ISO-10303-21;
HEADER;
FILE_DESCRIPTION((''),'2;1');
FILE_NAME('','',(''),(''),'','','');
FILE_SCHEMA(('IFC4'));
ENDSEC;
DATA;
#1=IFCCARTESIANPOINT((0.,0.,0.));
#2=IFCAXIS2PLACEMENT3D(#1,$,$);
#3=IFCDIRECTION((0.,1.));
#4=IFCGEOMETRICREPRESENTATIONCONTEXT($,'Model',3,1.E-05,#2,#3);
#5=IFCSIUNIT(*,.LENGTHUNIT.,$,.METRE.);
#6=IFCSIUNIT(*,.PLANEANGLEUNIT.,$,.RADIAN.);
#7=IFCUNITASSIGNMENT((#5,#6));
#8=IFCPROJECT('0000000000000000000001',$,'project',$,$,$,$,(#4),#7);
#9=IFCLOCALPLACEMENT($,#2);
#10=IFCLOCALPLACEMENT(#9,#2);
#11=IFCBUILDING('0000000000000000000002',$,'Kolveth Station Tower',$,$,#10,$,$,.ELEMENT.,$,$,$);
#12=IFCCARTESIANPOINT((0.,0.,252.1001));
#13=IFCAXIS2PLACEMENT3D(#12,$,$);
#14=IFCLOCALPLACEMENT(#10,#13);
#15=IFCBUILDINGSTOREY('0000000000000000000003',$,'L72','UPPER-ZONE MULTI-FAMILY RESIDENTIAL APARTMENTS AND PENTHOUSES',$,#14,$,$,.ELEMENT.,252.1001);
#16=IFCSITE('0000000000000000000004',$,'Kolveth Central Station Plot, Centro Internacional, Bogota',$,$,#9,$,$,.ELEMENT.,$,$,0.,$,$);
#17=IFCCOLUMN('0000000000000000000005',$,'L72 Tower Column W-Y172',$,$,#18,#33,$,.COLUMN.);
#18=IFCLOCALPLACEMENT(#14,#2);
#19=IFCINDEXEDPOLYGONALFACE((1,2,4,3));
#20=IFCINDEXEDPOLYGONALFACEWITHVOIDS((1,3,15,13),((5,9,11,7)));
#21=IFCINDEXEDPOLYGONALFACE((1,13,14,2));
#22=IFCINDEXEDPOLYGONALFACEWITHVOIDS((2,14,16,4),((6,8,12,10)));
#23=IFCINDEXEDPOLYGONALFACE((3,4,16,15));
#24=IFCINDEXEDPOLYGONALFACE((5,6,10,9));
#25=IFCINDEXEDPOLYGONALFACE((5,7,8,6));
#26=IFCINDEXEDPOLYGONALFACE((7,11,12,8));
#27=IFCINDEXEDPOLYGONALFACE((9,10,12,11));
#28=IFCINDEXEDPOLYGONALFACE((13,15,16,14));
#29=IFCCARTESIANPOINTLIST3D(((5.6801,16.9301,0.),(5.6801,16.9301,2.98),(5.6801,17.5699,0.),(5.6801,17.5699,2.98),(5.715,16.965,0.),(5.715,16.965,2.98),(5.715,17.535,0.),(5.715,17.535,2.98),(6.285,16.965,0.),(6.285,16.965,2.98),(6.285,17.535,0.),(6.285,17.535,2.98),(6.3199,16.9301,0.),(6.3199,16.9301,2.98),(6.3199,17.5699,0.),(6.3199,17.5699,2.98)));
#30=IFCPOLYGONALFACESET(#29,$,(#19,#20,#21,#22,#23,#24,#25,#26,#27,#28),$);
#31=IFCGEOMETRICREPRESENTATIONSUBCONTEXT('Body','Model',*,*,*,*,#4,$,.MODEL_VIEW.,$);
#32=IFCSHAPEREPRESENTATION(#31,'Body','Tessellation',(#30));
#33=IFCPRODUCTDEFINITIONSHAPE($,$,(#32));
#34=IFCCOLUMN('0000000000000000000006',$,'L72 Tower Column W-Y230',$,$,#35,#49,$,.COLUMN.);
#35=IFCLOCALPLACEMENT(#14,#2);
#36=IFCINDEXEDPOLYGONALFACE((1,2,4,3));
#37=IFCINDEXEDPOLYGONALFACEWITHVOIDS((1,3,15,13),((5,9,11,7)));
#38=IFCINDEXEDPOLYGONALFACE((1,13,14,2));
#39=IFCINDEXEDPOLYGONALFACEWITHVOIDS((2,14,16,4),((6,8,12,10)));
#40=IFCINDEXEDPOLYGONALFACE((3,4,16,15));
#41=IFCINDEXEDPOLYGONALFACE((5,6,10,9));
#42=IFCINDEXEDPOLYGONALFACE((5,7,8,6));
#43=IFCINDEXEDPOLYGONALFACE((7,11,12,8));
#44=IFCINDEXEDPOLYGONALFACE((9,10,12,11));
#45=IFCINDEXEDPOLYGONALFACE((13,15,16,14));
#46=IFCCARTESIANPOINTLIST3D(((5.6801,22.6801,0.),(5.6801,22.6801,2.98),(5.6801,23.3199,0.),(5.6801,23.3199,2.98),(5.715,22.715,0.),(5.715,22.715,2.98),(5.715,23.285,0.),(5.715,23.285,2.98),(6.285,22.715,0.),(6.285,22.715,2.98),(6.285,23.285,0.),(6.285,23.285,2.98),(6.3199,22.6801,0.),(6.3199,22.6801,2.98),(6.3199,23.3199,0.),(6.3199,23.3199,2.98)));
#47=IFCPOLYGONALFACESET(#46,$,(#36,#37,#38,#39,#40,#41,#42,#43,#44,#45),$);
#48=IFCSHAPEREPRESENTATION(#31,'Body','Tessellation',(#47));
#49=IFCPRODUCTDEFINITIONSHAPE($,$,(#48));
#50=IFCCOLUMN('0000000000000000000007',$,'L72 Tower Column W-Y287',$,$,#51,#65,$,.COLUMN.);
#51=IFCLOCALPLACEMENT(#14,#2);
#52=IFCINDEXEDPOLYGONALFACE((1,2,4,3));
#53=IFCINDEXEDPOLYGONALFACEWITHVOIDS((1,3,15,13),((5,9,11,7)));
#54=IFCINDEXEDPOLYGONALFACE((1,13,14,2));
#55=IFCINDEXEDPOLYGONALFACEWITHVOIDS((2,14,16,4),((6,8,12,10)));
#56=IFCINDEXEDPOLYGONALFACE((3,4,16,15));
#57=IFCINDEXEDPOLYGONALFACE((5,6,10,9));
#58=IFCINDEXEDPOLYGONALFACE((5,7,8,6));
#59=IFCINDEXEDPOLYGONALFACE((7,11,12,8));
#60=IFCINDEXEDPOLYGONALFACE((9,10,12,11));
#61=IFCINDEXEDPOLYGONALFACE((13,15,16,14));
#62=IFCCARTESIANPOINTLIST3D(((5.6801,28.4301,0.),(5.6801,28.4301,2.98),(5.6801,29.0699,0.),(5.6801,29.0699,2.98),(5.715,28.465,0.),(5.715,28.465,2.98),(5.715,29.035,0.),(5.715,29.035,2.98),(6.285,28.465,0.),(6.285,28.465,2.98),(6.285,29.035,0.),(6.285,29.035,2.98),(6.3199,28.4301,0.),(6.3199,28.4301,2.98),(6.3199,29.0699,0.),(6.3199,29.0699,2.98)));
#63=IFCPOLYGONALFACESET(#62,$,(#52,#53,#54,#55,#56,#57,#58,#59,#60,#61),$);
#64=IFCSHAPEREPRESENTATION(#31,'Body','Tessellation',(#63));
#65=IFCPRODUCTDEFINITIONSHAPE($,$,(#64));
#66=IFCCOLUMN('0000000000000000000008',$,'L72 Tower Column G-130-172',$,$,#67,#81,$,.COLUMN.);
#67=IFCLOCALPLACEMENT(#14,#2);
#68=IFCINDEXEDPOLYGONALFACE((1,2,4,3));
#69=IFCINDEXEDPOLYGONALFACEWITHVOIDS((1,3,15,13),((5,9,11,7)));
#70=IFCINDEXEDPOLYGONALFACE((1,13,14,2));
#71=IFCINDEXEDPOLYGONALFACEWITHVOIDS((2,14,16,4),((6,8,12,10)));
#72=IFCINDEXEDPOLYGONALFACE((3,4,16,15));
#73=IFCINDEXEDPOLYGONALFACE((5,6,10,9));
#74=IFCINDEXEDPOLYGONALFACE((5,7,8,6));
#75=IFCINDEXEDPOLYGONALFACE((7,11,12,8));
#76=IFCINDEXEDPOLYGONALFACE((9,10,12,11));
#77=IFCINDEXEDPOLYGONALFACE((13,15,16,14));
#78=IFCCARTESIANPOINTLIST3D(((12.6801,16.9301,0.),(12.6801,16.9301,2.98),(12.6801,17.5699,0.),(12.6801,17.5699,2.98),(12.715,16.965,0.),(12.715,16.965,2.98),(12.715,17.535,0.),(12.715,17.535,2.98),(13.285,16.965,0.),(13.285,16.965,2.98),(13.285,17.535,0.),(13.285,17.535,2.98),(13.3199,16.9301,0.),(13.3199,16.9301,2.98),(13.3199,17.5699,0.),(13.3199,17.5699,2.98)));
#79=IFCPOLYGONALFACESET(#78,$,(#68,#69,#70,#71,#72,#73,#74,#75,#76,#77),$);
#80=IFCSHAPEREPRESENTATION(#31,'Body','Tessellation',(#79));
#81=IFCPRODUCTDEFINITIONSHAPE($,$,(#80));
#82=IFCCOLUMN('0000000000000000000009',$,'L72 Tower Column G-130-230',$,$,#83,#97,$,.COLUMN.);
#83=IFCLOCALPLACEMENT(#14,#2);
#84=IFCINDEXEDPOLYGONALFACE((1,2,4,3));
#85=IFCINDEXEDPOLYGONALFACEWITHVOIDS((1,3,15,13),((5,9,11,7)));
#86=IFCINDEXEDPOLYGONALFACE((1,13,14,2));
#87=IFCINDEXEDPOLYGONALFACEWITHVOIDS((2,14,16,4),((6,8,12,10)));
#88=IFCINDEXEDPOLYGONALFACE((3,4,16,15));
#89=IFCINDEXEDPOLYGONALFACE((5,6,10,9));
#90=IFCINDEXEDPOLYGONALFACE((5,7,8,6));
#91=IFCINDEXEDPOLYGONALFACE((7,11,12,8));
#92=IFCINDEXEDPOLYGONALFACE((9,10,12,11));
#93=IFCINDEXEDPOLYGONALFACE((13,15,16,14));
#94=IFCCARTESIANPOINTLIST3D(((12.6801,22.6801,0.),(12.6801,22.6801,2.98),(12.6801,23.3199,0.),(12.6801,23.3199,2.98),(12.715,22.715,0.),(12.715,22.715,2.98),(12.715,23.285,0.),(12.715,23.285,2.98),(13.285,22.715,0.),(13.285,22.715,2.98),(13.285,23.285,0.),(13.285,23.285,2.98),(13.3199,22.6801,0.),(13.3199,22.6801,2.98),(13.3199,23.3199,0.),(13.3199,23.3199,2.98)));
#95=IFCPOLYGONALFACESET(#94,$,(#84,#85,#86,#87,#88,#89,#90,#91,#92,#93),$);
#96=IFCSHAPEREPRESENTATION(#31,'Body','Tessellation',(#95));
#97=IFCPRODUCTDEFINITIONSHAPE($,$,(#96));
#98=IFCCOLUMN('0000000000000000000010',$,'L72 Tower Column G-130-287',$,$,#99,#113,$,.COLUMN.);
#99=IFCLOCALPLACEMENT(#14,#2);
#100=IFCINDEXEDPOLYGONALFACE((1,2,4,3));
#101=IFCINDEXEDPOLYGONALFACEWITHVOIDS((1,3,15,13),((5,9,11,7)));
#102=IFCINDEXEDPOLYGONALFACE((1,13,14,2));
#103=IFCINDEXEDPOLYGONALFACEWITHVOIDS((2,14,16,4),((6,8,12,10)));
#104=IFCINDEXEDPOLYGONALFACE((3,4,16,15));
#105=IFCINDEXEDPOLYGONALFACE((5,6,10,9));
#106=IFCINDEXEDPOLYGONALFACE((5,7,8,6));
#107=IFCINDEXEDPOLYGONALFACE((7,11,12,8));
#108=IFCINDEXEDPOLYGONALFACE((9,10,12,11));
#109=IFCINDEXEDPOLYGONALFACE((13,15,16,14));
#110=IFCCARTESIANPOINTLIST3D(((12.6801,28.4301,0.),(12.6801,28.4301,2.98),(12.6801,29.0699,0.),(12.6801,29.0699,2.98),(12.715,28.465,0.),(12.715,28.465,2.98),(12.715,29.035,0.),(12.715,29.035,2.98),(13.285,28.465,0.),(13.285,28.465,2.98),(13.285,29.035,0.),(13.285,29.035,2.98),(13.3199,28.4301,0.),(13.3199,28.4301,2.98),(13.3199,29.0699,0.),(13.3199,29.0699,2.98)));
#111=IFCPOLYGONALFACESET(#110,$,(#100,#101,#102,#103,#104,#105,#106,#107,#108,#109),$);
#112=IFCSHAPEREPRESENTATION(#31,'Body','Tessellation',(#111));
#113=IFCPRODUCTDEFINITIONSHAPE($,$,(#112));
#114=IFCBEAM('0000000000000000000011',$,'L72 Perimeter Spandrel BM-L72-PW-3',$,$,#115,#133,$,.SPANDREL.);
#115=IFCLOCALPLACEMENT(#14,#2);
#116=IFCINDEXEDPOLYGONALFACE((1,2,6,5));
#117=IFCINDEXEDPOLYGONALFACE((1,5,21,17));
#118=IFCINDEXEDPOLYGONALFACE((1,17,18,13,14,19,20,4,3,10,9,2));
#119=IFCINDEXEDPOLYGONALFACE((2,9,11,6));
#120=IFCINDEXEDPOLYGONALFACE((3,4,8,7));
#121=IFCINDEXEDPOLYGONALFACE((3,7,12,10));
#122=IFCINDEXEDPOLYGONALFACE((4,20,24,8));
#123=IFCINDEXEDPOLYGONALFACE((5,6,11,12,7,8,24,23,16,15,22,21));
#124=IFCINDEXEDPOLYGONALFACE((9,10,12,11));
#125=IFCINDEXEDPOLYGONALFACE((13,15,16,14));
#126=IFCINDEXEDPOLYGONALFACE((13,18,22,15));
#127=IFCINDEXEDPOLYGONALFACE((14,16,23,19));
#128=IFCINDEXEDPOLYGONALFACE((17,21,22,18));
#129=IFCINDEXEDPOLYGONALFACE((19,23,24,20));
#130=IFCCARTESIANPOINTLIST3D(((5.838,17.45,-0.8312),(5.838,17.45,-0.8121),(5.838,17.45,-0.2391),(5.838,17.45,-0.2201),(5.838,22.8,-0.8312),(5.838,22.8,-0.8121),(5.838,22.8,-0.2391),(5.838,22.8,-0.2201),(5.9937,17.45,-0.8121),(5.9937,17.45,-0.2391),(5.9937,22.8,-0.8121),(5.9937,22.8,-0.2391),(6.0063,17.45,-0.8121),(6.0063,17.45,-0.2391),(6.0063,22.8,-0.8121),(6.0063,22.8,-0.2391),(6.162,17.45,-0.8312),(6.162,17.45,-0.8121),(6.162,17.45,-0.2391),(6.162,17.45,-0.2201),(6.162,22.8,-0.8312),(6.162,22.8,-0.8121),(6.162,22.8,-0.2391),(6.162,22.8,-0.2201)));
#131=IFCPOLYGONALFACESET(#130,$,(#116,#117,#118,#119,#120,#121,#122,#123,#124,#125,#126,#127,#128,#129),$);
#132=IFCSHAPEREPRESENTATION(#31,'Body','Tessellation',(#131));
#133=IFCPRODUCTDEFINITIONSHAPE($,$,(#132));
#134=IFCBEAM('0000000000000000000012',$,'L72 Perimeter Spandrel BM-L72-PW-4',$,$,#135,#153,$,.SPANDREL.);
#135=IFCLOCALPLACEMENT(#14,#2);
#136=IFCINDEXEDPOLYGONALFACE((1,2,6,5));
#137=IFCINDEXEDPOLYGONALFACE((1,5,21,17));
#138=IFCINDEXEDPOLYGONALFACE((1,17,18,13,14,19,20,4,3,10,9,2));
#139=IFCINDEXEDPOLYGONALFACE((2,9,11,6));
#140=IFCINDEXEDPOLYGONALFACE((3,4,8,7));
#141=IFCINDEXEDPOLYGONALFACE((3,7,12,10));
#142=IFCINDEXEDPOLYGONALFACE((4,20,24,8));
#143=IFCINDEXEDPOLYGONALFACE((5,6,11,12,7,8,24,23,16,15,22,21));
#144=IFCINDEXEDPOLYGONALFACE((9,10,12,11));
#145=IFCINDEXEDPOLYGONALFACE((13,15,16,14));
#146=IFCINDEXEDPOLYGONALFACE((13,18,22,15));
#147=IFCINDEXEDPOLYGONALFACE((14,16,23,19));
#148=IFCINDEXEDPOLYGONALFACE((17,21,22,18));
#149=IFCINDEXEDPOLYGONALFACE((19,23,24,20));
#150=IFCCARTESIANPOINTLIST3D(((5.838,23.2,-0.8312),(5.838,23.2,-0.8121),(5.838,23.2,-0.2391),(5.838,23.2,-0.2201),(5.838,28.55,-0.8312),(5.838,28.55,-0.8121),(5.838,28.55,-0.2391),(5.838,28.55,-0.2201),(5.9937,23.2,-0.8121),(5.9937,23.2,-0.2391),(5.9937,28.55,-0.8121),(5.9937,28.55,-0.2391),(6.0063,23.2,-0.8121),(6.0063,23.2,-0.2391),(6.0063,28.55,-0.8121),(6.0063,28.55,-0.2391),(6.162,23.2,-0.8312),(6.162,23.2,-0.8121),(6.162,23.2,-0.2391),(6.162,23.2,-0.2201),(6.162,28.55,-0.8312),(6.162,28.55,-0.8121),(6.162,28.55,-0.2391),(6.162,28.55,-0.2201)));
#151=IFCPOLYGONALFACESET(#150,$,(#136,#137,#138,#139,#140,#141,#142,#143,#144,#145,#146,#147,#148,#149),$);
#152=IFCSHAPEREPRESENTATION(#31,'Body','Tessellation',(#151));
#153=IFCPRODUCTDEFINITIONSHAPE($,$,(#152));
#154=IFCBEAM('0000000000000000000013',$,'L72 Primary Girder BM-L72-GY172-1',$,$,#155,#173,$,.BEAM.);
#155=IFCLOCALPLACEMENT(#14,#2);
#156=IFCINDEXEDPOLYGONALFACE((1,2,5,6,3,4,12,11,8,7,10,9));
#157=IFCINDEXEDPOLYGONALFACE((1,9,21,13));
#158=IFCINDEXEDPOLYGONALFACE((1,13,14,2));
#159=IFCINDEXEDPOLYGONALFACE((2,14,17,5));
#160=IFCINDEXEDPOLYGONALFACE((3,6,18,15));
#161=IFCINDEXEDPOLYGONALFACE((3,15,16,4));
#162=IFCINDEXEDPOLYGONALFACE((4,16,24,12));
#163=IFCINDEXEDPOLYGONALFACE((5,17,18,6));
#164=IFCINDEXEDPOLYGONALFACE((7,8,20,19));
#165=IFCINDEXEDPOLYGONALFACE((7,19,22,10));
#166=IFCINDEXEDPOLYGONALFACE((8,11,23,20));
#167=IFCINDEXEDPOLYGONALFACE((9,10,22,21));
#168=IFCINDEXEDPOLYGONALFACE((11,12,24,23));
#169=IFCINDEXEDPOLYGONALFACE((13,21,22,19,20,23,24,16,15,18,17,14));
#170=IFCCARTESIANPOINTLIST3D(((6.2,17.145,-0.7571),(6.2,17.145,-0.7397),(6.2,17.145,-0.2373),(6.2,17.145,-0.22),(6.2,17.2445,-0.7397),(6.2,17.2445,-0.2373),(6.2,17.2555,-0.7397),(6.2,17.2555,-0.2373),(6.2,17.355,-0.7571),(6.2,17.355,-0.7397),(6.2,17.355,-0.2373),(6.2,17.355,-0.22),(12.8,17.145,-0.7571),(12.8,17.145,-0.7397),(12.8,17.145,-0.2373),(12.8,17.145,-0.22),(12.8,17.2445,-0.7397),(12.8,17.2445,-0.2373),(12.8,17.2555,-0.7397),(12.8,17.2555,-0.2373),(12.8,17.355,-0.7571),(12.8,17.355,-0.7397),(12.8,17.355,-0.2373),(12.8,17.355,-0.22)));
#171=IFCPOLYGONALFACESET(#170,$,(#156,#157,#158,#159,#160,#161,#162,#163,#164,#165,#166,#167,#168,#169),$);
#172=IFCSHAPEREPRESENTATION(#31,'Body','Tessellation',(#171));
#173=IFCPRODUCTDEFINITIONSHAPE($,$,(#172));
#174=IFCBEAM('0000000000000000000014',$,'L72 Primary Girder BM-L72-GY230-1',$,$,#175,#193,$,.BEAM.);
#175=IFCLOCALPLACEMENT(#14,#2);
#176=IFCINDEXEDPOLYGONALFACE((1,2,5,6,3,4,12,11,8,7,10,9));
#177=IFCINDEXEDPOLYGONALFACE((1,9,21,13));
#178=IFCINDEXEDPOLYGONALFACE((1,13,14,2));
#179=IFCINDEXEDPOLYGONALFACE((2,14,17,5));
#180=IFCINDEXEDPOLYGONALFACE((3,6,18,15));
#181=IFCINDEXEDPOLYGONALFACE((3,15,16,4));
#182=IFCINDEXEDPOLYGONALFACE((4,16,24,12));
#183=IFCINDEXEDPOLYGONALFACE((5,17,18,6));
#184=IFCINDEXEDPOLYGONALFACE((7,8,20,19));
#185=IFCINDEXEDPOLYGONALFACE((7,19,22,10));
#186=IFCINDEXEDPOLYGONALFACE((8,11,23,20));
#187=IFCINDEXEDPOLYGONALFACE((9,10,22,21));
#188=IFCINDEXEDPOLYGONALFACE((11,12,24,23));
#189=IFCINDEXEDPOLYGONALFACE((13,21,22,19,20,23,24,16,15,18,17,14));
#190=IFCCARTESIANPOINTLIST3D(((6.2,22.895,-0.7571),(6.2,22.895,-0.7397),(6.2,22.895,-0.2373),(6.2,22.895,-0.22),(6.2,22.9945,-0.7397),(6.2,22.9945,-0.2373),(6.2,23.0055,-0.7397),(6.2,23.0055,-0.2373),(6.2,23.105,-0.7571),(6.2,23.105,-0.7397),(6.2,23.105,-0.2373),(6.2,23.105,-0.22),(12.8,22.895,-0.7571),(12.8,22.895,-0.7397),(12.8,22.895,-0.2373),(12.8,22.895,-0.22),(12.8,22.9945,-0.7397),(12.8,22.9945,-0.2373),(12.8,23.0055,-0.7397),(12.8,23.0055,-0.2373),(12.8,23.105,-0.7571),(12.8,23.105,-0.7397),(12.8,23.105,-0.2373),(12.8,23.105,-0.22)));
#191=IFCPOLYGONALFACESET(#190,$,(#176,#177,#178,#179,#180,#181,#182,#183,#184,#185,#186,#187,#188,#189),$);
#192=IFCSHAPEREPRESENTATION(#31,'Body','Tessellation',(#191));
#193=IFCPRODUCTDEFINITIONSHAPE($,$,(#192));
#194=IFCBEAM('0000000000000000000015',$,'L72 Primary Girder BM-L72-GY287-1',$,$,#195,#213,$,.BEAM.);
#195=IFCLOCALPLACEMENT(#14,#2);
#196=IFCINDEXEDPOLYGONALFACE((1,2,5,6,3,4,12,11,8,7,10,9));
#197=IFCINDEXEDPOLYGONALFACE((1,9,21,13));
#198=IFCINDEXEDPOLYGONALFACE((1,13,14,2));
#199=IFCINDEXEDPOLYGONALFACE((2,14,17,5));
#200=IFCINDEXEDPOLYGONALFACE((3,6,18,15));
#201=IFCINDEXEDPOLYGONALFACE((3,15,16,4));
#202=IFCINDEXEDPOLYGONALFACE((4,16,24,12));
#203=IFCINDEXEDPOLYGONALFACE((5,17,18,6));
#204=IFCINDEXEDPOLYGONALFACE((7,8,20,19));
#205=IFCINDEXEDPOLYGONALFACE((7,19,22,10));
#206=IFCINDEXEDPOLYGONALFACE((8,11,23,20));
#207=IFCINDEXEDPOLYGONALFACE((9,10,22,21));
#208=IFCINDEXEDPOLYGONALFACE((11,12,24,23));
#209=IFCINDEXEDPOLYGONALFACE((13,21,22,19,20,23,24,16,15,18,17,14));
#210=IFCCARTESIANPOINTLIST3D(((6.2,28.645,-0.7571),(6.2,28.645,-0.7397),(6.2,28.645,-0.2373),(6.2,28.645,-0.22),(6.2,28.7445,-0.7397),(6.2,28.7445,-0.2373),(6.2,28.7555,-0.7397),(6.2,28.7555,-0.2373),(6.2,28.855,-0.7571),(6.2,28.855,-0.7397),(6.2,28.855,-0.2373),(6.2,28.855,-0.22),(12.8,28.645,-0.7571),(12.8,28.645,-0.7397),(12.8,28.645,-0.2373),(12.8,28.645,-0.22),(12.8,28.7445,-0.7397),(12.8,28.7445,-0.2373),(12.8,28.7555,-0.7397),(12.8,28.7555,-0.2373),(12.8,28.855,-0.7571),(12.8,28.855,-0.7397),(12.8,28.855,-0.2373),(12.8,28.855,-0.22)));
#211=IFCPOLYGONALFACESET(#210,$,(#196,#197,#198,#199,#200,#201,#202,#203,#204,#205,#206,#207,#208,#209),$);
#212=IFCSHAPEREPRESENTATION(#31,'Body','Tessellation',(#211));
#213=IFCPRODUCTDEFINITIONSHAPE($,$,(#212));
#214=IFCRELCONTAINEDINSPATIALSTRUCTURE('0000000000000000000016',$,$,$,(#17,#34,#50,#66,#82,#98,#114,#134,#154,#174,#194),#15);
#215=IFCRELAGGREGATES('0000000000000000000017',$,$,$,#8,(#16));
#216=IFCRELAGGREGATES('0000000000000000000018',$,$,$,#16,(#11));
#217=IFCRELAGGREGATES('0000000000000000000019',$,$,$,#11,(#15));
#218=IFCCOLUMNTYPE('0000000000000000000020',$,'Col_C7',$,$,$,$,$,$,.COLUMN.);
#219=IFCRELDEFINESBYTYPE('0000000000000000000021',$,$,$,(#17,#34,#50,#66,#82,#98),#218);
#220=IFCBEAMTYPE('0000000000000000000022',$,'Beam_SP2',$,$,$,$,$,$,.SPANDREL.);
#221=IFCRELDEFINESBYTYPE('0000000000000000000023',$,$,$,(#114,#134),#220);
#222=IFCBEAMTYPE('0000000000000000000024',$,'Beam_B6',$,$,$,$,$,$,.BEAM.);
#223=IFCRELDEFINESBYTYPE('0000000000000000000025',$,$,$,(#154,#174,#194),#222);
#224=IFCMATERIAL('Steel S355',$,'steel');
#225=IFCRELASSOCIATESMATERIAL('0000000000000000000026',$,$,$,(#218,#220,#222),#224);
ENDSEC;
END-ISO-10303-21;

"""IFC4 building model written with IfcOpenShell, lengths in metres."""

from ifc_helpers import new_model, si_unit, direction, frame, origin, origin_2d, place, context, subcontext, project, spatial, hollow_rectangle, i_section, extrude, source, transform, mapped, material, material_profile, profile_set, type_object, element, save


model = new_model("IFC4")

# Units and contexts
model_context = context("Model", 3, precision=1e-05, world=origin(), true_north=direction((0.0, 1.0)))
body_context = subcontext(model_context, "Body", "Model", "MODEL_VIEW")
ifc_project = project(units=[si_unit("LENGTHUNIT", "METRE"), si_unit("PLANEANGLEUNIT", "RADIAN")], contexts=[model_context])

# Site, building, storey
site_placement = place(None, origin())
site = spatial("IfcSite", under=ifc_project, at=site_placement, Name="Kolveth Central Station Plot, Centro Internacional, Bogota", CompositionType="ELEMENT", RefElevation=0.0)
building_placement = place(site_placement, origin())
building = spatial("IfcBuilding", under=site, at=building_placement, Name="Kolveth Station Tower", CompositionType="ELEMENT")
storey_placement = place(building_placement, frame((0.0, 0.0, 252.1001)))
storey = spatial("IfcBuildingStorey", under=building, at=storey_placement, Name="L72", Description="UPPER-ZONE MULTI-FAMILY RESIDENTIAL APARTMENTS AND PENTHOUSES", CompositionType="ELEMENT", Elevation=252.1001)

# Columns
ifc_material_1 = material(Name="Steel S355", Category="steel")
ifc_material_profile_1 = material_profile(ifc_material_1, hollow_rectangle(XDim=0.6399, YDim=0.6399, WallThickness=0.0349, at=origin_2d()), Name="BOX640x640x35")
ifc_profile_set_1 = profile_set([ifc_material_profile_1], Name="Steel S355")
column_type = type_object("IfcColumnType", Name="Col_C7", PredefinedType="COLUMN", material=ifc_profile_set_1)
shared_shape_1 = source(origin(), body_context, "Body", "SweptSolid", [
    extrude(hollow_rectangle(XDim=0.6399, YDim=0.6399, WallThickness=0.0349, at=origin_2d()), origin(), (0.0, 0.0, 1.0), 2.98),
])
for number, where, z_axis, x_axis, name in (
    (1, (6.0, 17.25, 0.0), (0.0, 0.0, 1.0), (1.0, 0.0, 0.0), "L72 Tower Column W-Y172"),
    (2, (6.0, 23.0, 0.0), (0.0, 0.0, 1.0), (1.0, 0.0, 0.0), "L72 Tower Column W-Y230"),
    (3, (6.0, 28.75, 0.0), (0.0, 0.0, 1.0), (1.0, 0.0, 0.0), "L72 Tower Column W-Y287"),
    (4, (13.0, 17.25, 0.0), (0.0, 0.0, 1.0), (1.0, 0.0, 0.0), "L72 Tower Column G-130-172"),
    (5, (13.0, 23.0, 0.0), (0.0, 0.0, 1.0), (1.0, 0.0, 0.0), "L72 Tower Column G-130-230"),
    (6, (13.0, 28.75, 0.0), (0.0, 0.0, 1.0), (1.0, 0.0, 0.0), "L72 Tower Column G-130-287"),
):
    element("IfcColumn", number, at=place(storey_placement, frame(where, z_axis=z_axis, x_axis=x_axis)), inside=storey, type_object=column_type, Name=name, PredefinedType="COLUMN", context=body_context, shape_type="MappedRepresentation", body=[
        mapped(shared_shape_1, transform((0.0, 0.0, 0.0), x_axis=(1.0, 0.0, 0.0), y_axis=(0.0, 1.0, 0.0), z_axis=(0.0, 0.0, 1.0), scale=1.0)),
    ])

# Beams
ifc_material_profile_2 = material_profile(ifc_material_1, i_section(OverallWidth=0.324, OverallDepth=0.6111, WebThickness=0.0127, FlangeThickness=0.019, at=origin_2d()), Name="W610x155")
ifc_profile_set_2 = profile_set([ifc_material_profile_2], Name="Steel S355")
beam_type_1 = type_object("IfcBeamType", Name="Beam_SP2", PredefinedType="SPANDREL", material=ifc_profile_set_2)
shared_shape_2 = source(origin(), body_context, "Body", "SweptSolid", [
    extrude(i_section(OverallWidth=0.324, OverallDepth=0.6111, WebThickness=0.0127, FlangeThickness=0.019, at=origin_2d()), origin(), (0.0, 0.0, 1.0), 5.3501),
])
for number, where, z_axis, x_axis, name in (
    (7, (6.0, 17.45, -0.5256), (0.0, 1.0, 0.0), (-1.0, 0.0, 0.0), "L72 Perimeter Spandrel BM-L72-PW-3"),
    (8, (6.0, 23.2, -0.5256), (0.0, 1.0, 0.0), (-1.0, 0.0, 0.0), "L72 Perimeter Spandrel BM-L72-PW-4"),
):
    element("IfcBeam", number, at=place(storey_placement, frame(where, z_axis=z_axis, x_axis=x_axis)), inside=storey, type_object=beam_type_1, Name=name, PredefinedType="SPANDREL", context=body_context, shape_type="MappedRepresentation", body=[
        mapped(shared_shape_2, transform((0.0, 0.0, 0.0), x_axis=(1.0, 0.0, 0.0), y_axis=(0.0, 1.0, 0.0), z_axis=(0.0, 0.0, 1.0), scale=1.0)),
    ])
ifc_material_profile_3 = material_profile(ifc_material_1, i_section(OverallWidth=0.21, OverallDepth=0.5371, WebThickness=0.011, FlangeThickness=0.0173, at=origin_2d()), Name="W530x101")
ifc_profile_set_3 = profile_set([ifc_material_profile_3], Name="Steel S355")
beam_type_2 = type_object("IfcBeamType", Name="Beam_B6", PredefinedType="BEAM", material=ifc_profile_set_3)
shared_shape_3 = source(origin(), body_context, "Body", "SweptSolid", [
    extrude(i_section(OverallWidth=0.21, OverallDepth=0.5371, WebThickness=0.011, FlangeThickness=0.0173, at=origin_2d()), origin(), (0.0, 0.0, 1.0), 6.6001),
])
for number, where, z_axis, x_axis, name in (
    (9, (6.2, 17.25, -0.4885), (1.0, 0.0, 0.0), (0.0, 1.0, 0.0), "L72 Primary Girder BM-L72-GY172-1"),
    (10, (6.2, 23.0, -0.4885), (1.0, 0.0, 0.0), (0.0, 1.0, 0.0), "L72 Primary Girder BM-L72-GY230-1"),
    (11, (6.2, 28.75, -0.4885), (1.0, 0.0, 0.0), (0.0, 1.0, 0.0), "L72 Primary Girder BM-L72-GY287-1"),
):
    element("IfcBeam", number, at=place(storey_placement, frame(where, z_axis=z_axis, x_axis=x_axis)), inside=storey, type_object=beam_type_2, Name=name, PredefinedType="BEAM", context=body_context, shape_type="MappedRepresentation", body=[
        mapped(shared_shape_3, transform((0.0, 0.0, 0.0), x_axis=(1.0, 0.0, 0.0), y_axis=(0.0, 1.0, 0.0), z_axis=(0.0, 0.0, 1.0), scale=1.0)),
    ])

save(model, "model.ifc")
